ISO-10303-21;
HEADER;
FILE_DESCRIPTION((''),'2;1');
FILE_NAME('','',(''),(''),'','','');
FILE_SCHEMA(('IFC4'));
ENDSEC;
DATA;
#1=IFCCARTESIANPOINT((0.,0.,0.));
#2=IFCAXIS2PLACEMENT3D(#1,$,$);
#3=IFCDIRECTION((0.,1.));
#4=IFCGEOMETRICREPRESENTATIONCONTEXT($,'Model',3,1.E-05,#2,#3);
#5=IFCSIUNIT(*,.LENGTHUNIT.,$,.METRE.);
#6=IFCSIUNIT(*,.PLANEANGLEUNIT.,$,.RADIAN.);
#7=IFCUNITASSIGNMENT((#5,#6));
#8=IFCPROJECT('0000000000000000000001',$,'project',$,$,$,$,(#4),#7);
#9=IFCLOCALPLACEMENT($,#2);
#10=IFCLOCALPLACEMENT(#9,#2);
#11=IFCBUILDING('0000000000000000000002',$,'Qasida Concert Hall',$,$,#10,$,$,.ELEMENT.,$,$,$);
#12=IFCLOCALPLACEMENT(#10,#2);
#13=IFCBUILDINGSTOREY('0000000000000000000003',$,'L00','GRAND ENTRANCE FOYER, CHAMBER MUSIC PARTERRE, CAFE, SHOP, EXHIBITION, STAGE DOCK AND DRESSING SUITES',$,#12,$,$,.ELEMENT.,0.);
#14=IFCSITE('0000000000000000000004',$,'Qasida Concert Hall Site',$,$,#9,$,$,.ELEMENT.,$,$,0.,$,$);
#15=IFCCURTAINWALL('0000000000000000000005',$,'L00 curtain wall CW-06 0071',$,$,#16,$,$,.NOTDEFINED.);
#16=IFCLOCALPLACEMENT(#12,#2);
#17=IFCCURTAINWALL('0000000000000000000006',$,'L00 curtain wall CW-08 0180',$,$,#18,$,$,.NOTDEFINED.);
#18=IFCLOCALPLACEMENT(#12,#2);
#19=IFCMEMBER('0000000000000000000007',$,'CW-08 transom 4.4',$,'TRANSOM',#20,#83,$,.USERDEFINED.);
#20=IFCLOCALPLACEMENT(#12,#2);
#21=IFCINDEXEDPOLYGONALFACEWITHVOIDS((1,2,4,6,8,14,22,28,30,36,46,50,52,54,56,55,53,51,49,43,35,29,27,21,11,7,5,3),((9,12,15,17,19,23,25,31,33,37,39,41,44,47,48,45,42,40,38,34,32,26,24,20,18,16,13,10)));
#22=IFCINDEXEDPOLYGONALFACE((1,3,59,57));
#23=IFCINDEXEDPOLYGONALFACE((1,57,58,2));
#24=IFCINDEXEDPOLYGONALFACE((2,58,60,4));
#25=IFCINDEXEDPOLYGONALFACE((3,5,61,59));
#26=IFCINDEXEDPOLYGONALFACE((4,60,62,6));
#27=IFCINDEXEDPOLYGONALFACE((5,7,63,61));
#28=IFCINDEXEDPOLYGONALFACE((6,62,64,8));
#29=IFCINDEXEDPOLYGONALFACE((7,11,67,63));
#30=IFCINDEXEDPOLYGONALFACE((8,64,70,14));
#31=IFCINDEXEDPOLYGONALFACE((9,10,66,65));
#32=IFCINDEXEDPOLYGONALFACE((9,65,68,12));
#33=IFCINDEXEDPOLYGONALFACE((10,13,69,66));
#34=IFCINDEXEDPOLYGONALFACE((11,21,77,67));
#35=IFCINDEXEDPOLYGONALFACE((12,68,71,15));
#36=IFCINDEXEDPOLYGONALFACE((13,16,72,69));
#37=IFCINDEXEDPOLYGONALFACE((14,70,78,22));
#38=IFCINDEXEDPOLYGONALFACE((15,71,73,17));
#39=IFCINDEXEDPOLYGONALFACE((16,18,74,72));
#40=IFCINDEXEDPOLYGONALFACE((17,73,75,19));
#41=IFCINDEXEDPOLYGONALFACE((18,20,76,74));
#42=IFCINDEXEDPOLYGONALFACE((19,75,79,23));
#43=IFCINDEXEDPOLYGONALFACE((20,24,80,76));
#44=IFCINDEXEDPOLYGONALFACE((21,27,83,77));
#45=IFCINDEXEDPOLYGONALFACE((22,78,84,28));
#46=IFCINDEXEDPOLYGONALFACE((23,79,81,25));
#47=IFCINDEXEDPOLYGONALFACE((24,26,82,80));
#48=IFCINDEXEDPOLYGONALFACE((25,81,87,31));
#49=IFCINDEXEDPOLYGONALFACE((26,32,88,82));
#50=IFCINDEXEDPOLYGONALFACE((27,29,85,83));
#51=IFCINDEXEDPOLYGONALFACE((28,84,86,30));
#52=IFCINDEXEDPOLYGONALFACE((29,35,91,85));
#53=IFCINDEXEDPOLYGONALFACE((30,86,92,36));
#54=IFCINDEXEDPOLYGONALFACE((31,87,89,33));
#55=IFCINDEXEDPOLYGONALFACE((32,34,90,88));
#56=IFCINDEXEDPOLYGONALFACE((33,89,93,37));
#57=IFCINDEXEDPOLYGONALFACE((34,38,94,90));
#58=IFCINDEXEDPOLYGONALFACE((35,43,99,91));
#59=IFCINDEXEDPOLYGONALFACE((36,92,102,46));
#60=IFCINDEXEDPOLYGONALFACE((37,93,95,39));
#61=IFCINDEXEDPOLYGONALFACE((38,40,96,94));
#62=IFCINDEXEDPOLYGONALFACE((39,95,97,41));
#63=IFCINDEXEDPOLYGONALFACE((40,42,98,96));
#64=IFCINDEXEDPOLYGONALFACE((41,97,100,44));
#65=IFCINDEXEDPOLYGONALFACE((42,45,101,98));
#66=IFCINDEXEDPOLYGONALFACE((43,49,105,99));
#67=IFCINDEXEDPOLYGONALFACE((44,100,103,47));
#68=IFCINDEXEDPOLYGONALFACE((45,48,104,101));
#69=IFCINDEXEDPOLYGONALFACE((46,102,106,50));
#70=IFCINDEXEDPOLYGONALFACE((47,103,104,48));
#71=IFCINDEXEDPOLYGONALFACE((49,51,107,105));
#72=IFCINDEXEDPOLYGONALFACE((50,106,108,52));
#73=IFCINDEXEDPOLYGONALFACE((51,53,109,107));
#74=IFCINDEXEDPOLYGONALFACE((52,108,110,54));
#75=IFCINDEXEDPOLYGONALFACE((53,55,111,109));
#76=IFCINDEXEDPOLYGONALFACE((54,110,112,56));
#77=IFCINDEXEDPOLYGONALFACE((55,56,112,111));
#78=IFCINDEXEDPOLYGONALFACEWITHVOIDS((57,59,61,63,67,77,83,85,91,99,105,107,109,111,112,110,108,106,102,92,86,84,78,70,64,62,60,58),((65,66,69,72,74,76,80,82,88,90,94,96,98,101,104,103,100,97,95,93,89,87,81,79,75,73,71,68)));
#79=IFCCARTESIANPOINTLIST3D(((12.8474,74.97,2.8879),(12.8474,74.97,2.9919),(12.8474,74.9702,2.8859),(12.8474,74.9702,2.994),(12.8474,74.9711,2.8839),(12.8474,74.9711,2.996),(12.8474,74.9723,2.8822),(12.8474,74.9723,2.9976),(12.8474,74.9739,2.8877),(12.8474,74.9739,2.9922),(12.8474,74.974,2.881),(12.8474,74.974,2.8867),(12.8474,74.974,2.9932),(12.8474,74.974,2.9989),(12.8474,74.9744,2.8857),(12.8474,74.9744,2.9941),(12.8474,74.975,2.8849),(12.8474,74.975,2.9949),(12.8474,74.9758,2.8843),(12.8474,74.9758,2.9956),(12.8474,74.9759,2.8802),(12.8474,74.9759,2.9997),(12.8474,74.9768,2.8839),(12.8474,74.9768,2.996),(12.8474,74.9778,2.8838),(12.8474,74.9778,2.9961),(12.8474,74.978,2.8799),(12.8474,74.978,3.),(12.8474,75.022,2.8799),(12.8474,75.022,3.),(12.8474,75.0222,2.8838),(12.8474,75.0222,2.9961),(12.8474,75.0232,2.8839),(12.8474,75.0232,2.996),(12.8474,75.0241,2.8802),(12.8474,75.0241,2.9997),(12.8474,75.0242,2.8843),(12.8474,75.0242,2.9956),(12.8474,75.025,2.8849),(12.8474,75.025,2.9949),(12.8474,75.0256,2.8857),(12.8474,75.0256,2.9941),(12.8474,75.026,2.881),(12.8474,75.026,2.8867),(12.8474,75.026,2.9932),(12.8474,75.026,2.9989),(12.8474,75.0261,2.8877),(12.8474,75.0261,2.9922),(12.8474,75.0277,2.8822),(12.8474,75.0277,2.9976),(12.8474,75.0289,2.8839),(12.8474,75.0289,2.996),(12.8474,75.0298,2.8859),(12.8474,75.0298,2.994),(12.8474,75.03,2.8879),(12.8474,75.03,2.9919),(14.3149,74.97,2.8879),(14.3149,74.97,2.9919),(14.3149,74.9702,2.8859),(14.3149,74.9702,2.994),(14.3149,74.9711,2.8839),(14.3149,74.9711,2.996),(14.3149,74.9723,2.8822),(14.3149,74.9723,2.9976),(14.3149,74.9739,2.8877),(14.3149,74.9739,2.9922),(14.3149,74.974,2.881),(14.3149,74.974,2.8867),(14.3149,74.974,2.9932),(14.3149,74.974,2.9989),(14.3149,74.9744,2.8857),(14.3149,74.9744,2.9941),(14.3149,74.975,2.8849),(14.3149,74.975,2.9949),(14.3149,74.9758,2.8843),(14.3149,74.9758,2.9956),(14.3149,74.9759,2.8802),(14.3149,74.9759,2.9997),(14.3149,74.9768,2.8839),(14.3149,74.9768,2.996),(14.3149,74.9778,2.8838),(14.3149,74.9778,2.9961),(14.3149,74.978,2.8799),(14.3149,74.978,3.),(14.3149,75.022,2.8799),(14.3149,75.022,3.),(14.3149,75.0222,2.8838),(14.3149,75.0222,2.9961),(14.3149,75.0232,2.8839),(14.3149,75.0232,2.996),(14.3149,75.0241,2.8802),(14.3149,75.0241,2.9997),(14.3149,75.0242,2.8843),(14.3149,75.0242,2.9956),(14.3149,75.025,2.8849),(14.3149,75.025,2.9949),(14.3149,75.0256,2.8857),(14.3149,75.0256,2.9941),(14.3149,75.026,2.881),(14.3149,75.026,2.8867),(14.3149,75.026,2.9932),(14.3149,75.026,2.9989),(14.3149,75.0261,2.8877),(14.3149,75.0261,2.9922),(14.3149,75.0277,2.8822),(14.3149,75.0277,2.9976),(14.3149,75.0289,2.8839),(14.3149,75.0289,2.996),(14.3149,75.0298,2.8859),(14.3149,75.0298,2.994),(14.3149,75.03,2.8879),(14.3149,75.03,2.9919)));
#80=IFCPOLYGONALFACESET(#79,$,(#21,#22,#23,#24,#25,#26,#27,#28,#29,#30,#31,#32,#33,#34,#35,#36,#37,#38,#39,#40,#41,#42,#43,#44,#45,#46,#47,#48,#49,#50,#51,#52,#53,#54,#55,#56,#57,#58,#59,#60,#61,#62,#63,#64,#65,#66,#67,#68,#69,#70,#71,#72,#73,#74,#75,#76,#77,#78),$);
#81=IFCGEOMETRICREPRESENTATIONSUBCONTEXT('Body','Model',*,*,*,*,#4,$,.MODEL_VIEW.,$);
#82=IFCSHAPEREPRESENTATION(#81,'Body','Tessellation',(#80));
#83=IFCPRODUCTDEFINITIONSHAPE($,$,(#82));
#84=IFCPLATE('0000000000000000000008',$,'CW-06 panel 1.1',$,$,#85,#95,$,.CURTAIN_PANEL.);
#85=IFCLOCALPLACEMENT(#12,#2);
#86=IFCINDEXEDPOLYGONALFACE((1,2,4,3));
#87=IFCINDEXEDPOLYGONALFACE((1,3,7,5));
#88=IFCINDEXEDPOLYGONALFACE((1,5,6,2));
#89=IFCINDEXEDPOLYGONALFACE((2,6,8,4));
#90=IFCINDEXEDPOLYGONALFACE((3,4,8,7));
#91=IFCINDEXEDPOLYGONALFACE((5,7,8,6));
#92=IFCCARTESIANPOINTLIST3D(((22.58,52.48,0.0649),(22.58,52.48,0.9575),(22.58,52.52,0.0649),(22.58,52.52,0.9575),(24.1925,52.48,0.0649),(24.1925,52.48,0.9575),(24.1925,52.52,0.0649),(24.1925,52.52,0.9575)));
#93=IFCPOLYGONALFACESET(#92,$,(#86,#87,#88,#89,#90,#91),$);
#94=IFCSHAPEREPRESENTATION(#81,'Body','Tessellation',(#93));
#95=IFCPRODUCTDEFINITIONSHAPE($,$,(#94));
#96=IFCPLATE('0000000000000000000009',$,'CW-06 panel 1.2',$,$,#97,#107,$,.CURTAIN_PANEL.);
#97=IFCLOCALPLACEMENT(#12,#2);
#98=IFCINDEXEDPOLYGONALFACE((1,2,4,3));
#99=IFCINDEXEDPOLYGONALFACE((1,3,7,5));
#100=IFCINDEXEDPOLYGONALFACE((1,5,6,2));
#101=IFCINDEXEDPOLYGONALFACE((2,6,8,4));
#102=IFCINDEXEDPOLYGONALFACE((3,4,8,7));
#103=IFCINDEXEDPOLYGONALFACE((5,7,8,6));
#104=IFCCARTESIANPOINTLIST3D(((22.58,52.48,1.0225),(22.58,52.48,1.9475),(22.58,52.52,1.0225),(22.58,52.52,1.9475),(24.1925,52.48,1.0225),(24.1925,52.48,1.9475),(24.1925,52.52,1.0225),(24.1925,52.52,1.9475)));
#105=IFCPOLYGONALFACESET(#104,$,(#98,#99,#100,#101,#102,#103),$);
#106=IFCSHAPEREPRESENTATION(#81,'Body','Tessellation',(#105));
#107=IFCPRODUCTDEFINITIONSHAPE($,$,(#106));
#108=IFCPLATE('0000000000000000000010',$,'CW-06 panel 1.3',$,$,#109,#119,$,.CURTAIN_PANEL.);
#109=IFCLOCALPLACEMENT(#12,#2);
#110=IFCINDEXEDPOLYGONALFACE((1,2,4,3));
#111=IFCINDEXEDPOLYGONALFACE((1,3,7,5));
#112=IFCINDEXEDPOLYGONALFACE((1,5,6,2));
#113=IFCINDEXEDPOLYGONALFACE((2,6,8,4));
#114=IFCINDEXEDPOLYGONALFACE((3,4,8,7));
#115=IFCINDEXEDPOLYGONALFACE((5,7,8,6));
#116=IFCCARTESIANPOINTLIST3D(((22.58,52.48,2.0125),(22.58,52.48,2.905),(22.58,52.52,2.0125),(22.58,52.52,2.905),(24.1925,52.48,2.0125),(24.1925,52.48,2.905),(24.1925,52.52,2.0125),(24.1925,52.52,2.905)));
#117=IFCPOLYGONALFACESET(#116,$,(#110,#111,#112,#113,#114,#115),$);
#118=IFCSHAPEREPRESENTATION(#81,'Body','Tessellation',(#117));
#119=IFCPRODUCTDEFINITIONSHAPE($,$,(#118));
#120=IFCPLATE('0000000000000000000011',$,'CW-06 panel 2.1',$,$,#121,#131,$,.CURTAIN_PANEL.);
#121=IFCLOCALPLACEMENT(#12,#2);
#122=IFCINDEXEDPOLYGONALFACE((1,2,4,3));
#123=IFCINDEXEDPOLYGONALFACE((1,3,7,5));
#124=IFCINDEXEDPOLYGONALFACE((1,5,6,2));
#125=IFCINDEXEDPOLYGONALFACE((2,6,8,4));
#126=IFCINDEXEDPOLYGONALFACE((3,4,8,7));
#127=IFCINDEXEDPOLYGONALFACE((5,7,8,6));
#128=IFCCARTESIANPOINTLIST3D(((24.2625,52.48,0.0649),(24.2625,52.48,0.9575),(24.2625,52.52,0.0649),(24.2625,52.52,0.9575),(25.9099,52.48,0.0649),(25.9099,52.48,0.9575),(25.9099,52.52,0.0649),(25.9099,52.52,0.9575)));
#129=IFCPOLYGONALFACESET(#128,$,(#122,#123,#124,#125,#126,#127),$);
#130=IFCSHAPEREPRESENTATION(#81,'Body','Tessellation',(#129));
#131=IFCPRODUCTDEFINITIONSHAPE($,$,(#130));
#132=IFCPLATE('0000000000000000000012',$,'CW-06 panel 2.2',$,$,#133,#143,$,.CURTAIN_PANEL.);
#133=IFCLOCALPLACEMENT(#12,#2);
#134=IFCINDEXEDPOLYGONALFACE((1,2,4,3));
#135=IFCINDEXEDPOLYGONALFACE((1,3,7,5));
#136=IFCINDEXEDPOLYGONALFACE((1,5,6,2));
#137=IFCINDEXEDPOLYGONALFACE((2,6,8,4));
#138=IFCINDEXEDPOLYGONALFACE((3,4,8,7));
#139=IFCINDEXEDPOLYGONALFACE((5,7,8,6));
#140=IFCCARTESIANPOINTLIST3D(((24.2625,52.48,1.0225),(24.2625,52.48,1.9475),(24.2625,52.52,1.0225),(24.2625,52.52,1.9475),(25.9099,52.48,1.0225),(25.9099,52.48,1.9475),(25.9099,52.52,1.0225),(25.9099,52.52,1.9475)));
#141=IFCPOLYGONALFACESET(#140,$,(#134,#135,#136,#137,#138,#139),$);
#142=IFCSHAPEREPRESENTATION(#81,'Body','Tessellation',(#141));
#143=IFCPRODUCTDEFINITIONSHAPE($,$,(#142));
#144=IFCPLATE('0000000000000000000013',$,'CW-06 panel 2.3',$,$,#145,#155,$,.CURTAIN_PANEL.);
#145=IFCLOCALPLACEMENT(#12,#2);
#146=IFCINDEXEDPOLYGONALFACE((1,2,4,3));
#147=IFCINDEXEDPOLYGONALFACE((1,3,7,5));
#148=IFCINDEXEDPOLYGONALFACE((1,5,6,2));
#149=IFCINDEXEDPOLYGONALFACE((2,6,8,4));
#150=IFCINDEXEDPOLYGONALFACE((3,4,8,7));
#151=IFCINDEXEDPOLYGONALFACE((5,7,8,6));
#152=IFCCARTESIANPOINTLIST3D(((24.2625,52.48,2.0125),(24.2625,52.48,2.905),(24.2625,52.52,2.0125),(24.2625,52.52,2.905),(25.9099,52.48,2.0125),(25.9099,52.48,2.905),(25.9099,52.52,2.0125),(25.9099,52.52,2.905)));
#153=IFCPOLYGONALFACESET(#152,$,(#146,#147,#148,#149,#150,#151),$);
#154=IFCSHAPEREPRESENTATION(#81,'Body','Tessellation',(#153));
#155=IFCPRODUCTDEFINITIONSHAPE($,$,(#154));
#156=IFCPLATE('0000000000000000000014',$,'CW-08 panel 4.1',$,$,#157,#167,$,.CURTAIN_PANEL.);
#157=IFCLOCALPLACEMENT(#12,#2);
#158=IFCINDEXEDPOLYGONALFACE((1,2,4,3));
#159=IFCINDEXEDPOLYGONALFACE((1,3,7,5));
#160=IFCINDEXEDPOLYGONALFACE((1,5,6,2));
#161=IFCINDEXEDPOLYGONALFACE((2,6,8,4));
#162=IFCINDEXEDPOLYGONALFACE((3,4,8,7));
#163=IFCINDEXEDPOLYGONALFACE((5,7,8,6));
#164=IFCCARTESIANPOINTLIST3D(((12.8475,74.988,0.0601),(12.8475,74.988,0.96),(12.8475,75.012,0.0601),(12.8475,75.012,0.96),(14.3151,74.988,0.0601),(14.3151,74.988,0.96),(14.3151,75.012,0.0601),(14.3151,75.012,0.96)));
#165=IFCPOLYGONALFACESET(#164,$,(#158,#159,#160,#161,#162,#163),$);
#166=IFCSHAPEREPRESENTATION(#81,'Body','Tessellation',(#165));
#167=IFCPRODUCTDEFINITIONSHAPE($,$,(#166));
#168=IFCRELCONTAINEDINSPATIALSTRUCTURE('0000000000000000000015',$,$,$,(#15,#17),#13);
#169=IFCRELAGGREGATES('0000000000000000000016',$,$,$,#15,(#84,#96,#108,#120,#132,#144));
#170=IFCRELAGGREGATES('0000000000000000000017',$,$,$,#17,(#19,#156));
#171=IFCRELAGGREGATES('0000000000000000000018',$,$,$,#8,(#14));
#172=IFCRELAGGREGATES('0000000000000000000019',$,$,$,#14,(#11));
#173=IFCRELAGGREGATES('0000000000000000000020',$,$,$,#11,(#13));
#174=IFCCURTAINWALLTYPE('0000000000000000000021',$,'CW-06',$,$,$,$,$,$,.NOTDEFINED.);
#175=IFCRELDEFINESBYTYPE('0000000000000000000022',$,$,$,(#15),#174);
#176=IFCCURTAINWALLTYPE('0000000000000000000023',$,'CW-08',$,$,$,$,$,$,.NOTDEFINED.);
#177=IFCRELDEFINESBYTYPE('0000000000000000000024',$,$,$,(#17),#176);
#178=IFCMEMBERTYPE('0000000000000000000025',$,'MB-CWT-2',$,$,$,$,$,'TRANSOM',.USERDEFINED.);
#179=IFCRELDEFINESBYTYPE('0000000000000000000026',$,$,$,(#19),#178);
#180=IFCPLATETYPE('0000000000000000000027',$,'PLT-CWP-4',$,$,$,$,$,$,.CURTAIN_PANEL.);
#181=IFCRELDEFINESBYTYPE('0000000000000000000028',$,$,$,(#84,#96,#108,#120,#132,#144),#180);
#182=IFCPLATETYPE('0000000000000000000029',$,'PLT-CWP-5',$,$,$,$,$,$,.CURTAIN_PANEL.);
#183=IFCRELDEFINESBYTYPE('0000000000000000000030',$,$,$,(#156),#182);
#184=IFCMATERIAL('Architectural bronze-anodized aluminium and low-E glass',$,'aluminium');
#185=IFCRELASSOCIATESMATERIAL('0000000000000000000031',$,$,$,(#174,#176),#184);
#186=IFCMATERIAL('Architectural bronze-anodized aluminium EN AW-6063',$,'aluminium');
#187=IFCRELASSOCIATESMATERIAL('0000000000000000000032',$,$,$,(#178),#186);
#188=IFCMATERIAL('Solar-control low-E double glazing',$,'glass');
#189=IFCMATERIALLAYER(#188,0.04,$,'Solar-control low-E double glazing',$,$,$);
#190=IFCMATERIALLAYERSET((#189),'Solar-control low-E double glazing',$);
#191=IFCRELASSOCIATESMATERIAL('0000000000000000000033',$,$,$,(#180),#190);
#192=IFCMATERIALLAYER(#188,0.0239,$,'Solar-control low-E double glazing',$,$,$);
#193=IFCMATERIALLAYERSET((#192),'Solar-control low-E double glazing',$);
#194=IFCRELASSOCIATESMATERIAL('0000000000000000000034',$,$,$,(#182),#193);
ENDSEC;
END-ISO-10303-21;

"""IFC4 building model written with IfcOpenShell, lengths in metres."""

from ifc_helpers import new_model, si_unit, direction, frame, origin, origin_2d, place, context, subcontext, project, spatial, rectangle, hollow_rectangle, extrude, material, layer, layer_set, material_profile, profile_set, type_object, element, aggregate, save


model = new_model("IFC4")

# Units and contexts
model_context = context("Model", 3, precision=1e-05, world=origin(), true_north=direction((0.0, 1.0)))
body_context = subcontext(model_context, "Body", "Model", "MODEL_VIEW")
ifc_project = project(units=[si_unit("LENGTHUNIT", "METRE"), si_unit("PLANEANGLEUNIT", "RADIAN")], contexts=[model_context])

# Site, building, storey
site_placement = place(None, origin())
site = spatial("IfcSite", under=ifc_project, at=site_placement, Name="Qasida Concert Hall Site", CompositionType="ELEMENT", RefElevation=0.0)
building_placement = place(site_placement, origin())
building = spatial("IfcBuilding", under=site, at=building_placement, Name="Qasida Concert Hall", CompositionType="ELEMENT")
storey_placement = place(building_placement, origin())
storey = spatial("IfcBuildingStorey", under=building, at=storey_placement, Name="L00", Description="GRAND ENTRANCE FOYER, CHAMBER MUSIC PARTERRE, CAFE, SHOP, EXHIBITION, STAGE DOCK AND DRESSING SUITES", CompositionType="ELEMENT", Elevation=0.0)

# Curtain wall
ifc_material_1 = material(Name="Architectural bronze-anodized aluminium and low-E glass", Category="aluminium")
curtain_wall_type_1 = type_object("IfcCurtainWallType", Name="CW-06", PredefinedType="NOTDEFINED", material=ifc_material_1)
curtain_wall_1_placement = place(storey_placement, origin())
curtain_wall_1 = element("IfcCurtainWall", 1, at=curtain_wall_1_placement, inside=storey, type_object=curtain_wall_type_1, Name="L00 curtain wall CW-06 0071", PredefinedType="NOTDEFINED")
ifc_material_2 = material(Name="Architectural bronze-anodized aluminium EN AW-6063", Category="aluminium")

# Curtain wall
curtain_wall_type_2 = type_object("IfcCurtainWallType", Name="CW-08", PredefinedType="NOTDEFINED", material=ifc_material_1)
curtain_wall_2_placement = place(storey_placement, origin())
curtain_wall_2 = element("IfcCurtainWall", 2, at=curtain_wall_2_placement, inside=storey, type_object=curtain_wall_type_2, Name="L00 curtain wall CW-08 0180", PredefinedType="NOTDEFINED")

# Member
ifc_material_profile_1 = material_profile(ifc_material_2, hollow_rectangle(XDim=0.0601, YDim=0.1201, WallThickness=0.0039, InnerFilletRadius=0.0039, OuterFilletRadius=0.0081, at=origin_2d()), Name="CWT 120x60x4")
ifc_profile_set_1 = profile_set([ifc_material_profile_1], Name="Architectural bronze-anodized aluminium EN AW-6063")
member_type_1 = type_object("IfcMemberType", Name="MB-CWT-2", ElementType="TRANSOM", PredefinedType="USERDEFINED", material=ifc_profile_set_1)
member_1_placement = place(storey_placement, frame((12.8474, 75.0, 2.9399), z_axis=(1.0, 0.0, 0.0), x_axis=(0.0, 1.0, 0.0)))
member_1 = element("IfcMember", 3, at=member_1_placement, type_object=member_type_1, Name="CW-08 transom 4.4", ObjectType="TRANSOM", PredefinedType="USERDEFINED", context=body_context, shape_type="SweptSolid", body=[
    extrude(hollow_rectangle(XDim=0.0601, YDim=0.1201, WallThickness=0.0039, InnerFilletRadius=0.0039, OuterFilletRadius=0.0081, at=origin_2d()), origin(), (0.0, 0.0, 1.0), 1.4675),
])

# Plates
ifc_material_3 = material(Name="Solar-control low-E double glazing", Category="glass")
ifc_layer_1 = layer(ifc_material_3, 0.04, Name="Solar-control low-E double glazing")
ifc_layer_set_1 = layer_set([ifc_layer_1], Name="Solar-control low-E double glazing")
plate_type_1 = type_object("IfcPlateType", Name="PLT-CWP-4", PredefinedType="CURTAIN_PANEL", material=ifc_layer_set_1)
plate_1_placement = place(storey_placement, frame((23.3862, 52.5, 0.0649), z_axis=(0.0, 0.0, 1.0), x_axis=(1.0, 0.0, 0.0)))
plate_1 = element("IfcPlate", 4, at=plate_1_placement, type_object=plate_type_1, Name="CW-06 panel 1.1", PredefinedType="CURTAIN_PANEL", context=body_context, shape_type="SweptSolid", body=[
    extrude(rectangle(XDim=1.6125, YDim=0.04, at=origin_2d()), origin(), (0.0, 0.0, 1.0), 0.8926),
])
plate_2_placement = place(storey_placement, frame((23.3862, 52.5, 1.0225), z_axis=(0.0, 0.0, 1.0), x_axis=(1.0, 0.0, 0.0)))
plate_2 = element("IfcPlate", 5, at=plate_2_placement, type_object=plate_type_1, Name="CW-06 panel 1.2", PredefinedType="CURTAIN_PANEL", context=body_context, shape_type="SweptSolid", body=[
    extrude(rectangle(XDim=1.6125, YDim=0.04, at=origin_2d()), origin(), (0.0, 0.0, 1.0), 0.925),
])
plate_3_placement = place(storey_placement, frame((23.3862, 52.5, 2.0125), z_axis=(0.0, 0.0, 1.0), x_axis=(1.0, 0.0, 0.0)))
plate_3 = element("IfcPlate", 6, at=plate_3_placement, type_object=plate_type_1, Name="CW-06 panel 1.3", PredefinedType="CURTAIN_PANEL", context=body_context, shape_type="SweptSolid", body=[
    extrude(rectangle(XDim=1.6125, YDim=0.04, at=origin_2d()), origin(), (0.0, 0.0, 1.0), 0.8926),
])
plate_4_placement = place(storey_placement, frame((25.0862, 52.5, 0.0649), z_axis=(0.0, 0.0, 1.0), x_axis=(1.0, 0.0, 0.0)))
plate_4 = element("IfcPlate", 7, at=plate_4_placement, type_object=plate_type_1, Name="CW-06 panel 2.1", PredefinedType="CURTAIN_PANEL", context=body_context, shape_type="SweptSolid", body=[
    extrude(rectangle(XDim=1.6475, YDim=0.04, at=origin_2d()), origin(), (0.0, 0.0, 1.0), 0.8926),
])
plate_5_placement = place(storey_placement, frame((25.0862, 52.5, 1.0225), z_axis=(0.0, 0.0, 1.0), x_axis=(1.0, 0.0, 0.0)))
plate_5 = element("IfcPlate", 8, at=plate_5_placement, type_object=plate_type_1, Name="CW-06 panel 2.2", PredefinedType="CURTAIN_PANEL", context=body_context, shape_type="SweptSolid", body=[
    extrude(rectangle(XDim=1.6475, YDim=0.04, at=origin_2d()), origin(), (0.0, 0.0, 1.0), 0.925),
])
plate_6_placement = place(storey_placement, frame((25.0862, 52.5, 2.0125), z_axis=(0.0, 0.0, 1.0), x_axis=(1.0, 0.0, 0.0)))
plate_6 = element("IfcPlate", 9, at=plate_6_placement, type_object=plate_type_1, Name="CW-06 panel 2.3", PredefinedType="CURTAIN_PANEL", context=body_context, shape_type="SweptSolid", body=[
    extrude(rectangle(XDim=1.6475, YDim=0.04, at=origin_2d()), origin(), (0.0, 0.0, 1.0), 0.8926),
])
aggregate(curtain_wall_1, [plate_1, plate_2, plate_3, plate_4, plate_5, plate_6])
ifc_layer_2 = layer(ifc_material_3, 0.0239, Name="Solar-control low-E double glazing")
ifc_layer_set_2 = layer_set([ifc_layer_2], Name="Solar-control low-E double glazing")
plate_type_2 = type_object("IfcPlateType", Name="PLT-CWP-5", PredefinedType="CURTAIN_PANEL", material=ifc_layer_set_2)
plate_7_placement = place(storey_placement, frame((13.5813, 75.0, 0.0601), z_axis=(0.0, 0.0, 1.0), x_axis=(1.0, 0.0, 0.0)))
plate_7 = element("IfcPlate", 10, at=plate_7_placement, type_object=plate_type_2, Name="CW-08 panel 4.1", PredefinedType="CURTAIN_PANEL", context=body_context, shape_type="SweptSolid", body=[
    extrude(rectangle(XDim=1.4675, YDim=0.0239, at=origin_2d()), origin(), (0.0, 0.0, 1.0), 0.8999),
])
aggregate(curtain_wall_2, [member_1, plate_7])

save(model, "model.ifc")
